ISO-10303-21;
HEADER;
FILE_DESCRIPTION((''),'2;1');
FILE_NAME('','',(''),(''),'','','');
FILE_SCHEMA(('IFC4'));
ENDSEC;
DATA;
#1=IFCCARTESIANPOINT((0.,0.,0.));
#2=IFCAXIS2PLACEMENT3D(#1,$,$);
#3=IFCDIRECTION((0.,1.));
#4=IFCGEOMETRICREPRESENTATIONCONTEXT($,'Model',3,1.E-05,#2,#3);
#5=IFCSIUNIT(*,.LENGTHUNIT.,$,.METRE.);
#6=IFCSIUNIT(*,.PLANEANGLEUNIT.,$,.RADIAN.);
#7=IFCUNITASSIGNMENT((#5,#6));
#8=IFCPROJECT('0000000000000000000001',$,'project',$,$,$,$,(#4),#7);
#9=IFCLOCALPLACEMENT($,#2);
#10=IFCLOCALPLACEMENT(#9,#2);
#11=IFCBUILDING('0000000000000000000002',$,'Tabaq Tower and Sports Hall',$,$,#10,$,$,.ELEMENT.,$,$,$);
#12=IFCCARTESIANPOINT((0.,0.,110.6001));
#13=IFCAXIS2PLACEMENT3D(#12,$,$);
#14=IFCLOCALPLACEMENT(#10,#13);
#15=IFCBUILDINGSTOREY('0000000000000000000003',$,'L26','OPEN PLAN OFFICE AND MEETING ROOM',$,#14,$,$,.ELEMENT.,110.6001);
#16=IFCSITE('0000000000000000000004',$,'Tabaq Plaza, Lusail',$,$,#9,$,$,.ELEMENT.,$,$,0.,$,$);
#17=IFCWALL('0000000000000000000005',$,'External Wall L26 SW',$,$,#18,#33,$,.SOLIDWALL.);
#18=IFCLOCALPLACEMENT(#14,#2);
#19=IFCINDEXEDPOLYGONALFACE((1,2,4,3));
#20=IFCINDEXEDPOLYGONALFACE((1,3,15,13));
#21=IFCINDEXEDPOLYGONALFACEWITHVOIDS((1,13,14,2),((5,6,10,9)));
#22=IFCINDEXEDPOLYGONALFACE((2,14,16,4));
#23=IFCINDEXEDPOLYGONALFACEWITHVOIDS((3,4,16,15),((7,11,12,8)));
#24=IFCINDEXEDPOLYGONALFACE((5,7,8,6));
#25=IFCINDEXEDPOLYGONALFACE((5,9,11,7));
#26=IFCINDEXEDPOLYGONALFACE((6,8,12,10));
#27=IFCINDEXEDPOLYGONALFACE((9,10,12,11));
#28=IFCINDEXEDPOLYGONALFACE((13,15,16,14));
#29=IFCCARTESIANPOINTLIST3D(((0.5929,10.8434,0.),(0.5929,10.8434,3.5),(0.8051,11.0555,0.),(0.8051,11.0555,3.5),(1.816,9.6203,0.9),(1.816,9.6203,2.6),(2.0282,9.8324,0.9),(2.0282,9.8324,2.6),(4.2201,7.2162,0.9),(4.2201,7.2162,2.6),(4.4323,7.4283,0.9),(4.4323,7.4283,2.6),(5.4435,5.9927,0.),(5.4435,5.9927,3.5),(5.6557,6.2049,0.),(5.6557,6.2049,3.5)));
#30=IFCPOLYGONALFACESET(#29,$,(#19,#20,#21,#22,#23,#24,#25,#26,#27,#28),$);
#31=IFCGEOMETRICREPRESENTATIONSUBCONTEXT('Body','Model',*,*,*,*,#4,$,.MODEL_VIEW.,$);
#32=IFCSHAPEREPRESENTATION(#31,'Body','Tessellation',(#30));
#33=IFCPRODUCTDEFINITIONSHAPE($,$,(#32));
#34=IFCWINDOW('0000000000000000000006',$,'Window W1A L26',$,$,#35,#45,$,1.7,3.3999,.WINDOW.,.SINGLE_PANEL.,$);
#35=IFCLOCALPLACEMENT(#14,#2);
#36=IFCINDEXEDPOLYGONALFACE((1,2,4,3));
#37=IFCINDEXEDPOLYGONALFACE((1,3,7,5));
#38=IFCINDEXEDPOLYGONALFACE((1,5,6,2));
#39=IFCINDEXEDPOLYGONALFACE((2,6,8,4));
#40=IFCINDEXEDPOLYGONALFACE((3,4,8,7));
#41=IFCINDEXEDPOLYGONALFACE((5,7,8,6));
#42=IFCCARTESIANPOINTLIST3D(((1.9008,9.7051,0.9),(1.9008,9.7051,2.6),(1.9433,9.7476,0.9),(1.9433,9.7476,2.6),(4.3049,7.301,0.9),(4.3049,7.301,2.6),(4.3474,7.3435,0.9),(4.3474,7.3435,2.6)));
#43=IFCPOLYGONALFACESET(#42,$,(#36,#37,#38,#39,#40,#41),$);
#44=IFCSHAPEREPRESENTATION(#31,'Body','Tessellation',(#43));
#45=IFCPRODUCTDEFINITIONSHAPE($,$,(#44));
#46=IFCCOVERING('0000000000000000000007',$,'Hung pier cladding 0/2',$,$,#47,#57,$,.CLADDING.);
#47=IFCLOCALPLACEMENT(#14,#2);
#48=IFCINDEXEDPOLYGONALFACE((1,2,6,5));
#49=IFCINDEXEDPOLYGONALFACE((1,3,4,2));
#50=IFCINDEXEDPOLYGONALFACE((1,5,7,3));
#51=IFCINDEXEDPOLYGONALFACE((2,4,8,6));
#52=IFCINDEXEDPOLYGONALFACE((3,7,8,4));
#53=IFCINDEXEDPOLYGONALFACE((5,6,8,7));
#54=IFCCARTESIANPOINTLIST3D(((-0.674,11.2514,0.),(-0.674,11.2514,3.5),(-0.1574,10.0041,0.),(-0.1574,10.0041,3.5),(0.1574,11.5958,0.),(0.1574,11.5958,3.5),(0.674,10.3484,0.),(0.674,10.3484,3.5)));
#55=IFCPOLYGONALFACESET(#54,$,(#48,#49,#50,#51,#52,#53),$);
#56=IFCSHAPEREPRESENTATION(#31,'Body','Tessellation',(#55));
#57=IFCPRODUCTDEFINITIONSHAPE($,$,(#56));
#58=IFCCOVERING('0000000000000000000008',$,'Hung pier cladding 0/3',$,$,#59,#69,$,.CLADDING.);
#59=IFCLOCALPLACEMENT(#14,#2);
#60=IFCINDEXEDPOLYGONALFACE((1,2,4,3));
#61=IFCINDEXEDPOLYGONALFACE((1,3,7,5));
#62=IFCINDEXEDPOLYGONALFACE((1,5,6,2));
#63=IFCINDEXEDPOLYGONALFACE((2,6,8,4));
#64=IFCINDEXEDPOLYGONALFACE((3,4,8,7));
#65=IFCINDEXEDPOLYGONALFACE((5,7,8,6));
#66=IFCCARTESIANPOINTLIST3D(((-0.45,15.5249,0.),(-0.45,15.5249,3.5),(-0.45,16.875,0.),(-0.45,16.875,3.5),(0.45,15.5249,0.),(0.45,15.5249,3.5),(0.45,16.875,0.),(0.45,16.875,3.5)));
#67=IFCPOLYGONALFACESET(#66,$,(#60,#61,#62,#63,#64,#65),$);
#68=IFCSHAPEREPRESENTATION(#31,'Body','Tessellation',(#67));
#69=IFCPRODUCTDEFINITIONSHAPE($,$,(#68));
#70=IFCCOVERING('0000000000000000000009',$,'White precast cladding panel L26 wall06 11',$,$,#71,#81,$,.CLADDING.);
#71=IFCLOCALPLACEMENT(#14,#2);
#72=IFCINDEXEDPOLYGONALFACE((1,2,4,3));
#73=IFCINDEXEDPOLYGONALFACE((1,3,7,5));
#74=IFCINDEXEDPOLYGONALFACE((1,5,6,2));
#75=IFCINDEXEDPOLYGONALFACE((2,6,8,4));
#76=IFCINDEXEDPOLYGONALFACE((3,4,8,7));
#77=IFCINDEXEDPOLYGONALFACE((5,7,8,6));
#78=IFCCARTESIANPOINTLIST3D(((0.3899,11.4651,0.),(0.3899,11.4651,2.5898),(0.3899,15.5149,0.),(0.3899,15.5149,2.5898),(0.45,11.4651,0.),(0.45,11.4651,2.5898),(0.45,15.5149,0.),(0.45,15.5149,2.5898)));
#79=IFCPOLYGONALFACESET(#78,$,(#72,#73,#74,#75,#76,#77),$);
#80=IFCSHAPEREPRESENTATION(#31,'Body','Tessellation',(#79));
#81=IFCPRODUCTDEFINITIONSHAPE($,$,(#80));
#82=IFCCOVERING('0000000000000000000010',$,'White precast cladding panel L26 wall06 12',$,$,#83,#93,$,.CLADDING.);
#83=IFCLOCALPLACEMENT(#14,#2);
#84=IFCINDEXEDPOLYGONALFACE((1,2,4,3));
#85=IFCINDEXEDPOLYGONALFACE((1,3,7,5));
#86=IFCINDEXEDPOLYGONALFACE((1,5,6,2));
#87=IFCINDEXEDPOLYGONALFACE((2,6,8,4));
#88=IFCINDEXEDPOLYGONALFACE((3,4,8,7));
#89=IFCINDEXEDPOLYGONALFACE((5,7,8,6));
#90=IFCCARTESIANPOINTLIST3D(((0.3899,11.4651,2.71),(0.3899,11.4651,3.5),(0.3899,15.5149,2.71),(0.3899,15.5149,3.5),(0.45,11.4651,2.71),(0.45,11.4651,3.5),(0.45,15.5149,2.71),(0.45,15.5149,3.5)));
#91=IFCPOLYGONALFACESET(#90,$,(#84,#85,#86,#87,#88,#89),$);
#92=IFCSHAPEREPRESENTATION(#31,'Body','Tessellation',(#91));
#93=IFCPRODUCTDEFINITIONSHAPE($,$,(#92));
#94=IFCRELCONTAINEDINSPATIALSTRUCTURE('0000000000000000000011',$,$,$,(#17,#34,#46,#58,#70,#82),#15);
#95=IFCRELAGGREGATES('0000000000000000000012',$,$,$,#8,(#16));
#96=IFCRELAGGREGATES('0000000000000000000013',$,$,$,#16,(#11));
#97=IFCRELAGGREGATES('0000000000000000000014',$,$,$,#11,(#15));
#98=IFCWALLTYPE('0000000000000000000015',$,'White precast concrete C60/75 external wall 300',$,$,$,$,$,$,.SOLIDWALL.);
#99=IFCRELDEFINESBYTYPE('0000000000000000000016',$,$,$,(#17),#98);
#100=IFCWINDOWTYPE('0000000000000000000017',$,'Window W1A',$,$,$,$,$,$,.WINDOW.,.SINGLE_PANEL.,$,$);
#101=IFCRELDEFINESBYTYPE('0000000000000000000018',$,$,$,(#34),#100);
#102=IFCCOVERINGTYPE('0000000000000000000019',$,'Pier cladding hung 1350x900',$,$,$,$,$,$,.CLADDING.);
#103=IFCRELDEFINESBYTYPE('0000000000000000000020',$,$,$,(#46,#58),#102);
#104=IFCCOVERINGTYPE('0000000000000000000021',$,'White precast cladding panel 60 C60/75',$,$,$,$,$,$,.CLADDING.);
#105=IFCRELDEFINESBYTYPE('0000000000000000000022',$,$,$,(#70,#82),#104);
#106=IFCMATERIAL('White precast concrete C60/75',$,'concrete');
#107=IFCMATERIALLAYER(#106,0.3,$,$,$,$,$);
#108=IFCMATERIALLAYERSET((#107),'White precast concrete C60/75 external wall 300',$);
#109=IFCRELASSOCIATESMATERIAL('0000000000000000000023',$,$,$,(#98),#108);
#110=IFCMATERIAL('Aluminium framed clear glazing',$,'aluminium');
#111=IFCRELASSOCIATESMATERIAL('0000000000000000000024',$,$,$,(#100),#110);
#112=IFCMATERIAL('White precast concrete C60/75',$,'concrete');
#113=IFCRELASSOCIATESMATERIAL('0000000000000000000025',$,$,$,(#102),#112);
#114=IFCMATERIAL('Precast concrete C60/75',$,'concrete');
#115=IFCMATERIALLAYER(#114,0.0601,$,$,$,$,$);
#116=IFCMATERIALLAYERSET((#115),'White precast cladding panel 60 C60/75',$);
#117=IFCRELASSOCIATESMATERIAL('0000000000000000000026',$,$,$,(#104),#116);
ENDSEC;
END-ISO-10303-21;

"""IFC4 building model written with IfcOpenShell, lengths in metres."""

from ifc_helpers import new_model, si_unit, direction, frame, frame_2d, origin, place, context, subcontext, project, spatial, rectangle, extrude, material, layer, layer_set, type_object, element, fill, save


model = new_model("IFC4")

# Units and contexts
model_context = context("Model", 3, precision=1e-05, world=origin(), true_north=direction((0.0, 1.0)))
body_context = subcontext(model_context, "Body", "Model", "MODEL_VIEW")
ifc_project = project(units=[si_unit("LENGTHUNIT", "METRE"), si_unit("PLANEANGLEUNIT", "RADIAN")], contexts=[model_context])

# Site, building, storey
site_placement = place(None, origin())
site = spatial("IfcSite", under=ifc_project, at=site_placement, Name="Tabaq Plaza, Lusail", CompositionType="ELEMENT", RefElevation=0.0)
building_placement = place(site_placement, origin())
building = spatial("IfcBuilding", under=site, at=building_placement, Name="Tabaq Tower and Sports Hall", CompositionType="ELEMENT")
storey_placement = place(building_placement, frame((0.0, 0.0, 110.6001)))
storey = spatial("IfcBuildingStorey", under=building, at=storey_placement, Name="L26", Description="OPEN PLAN OFFICE AND MEETING ROOM", CompositionType="ELEMENT", Elevation=110.6001)

# Wall, opening, window
ifc_material_1 = material(Name="White precast concrete C60/75", Category="concrete")
ifc_layer_1 = layer(ifc_material_1, 0.3)
ifc_layer_set_1 = layer_set([ifc_layer_1], Name="White precast concrete C60/75 external wall 300")
wall_type_1 = type_object("IfcWallType", Name="White precast concrete C60/75 external wall 300", PredefinedType="SOLIDWALL", material=ifc_layer_set_1)
wall_1_placement = place(storey_placement, frame((0.699, 10.9495, 0.0), z_axis=(0.0, 0.0, 1.0), x_axis=(0.707107, -0.707107, 0.0)))
wall_1 = element("IfcWall", 1, at=wall_1_placement, inside=storey, type_object=wall_type_1, Name="External Wall L26 SW", PredefinedType="SOLIDWALL", context=body_context, shape_type="SweptSolid", body=[
    extrude(rectangle(XDim=6.8599, YDim=0.3, at=frame_2d((3.4299, 0.0))), origin(), (0.0, 0.0, 1.0), 3.5),
])
opening_1_placement = place(wall_1_placement, frame((1.7297, 0.0, 0.8999)))
opening_1 = element("IfcOpeningElement", 2, at=opening_1_placement, cuts=wall_1, PredefinedType="OPENING", context=body_context, shape_type="SweptSolid", body=[
    extrude(rectangle(XDim=3.3999, YDim=1.7, at=frame_2d((1.7, 0.8501))), frame((0.0, 0.1602, 0.0), z_axis=(0.0, -1.0, 0.0), x_axis=(1.0, 0.0, 0.0)), (0.0, 0.0, 1.0), 0.3201),
])
ifc_material_2 = material(Name="Aluminium framed clear glazing", Category="aluminium")
window_type = type_object("IfcWindowType", Name="Window W1A", PartitioningType="SINGLE_PANEL", PredefinedType="WINDOW", material=ifc_material_2)
window_placement = place(opening_1_placement, origin())
window = element("IfcWindow", 3, at=window_placement, inside=storey, type_object=window_type, Name="Window W1A L26", OverallHeight=1.7, OverallWidth=3.3999, PartitioningType="SINGLE_PANEL", PredefinedType="WINDOW", context=body_context, shape_type="SweptSolid", body=[
    extrude(rectangle(XDim=3.3999, YDim=1.7, at=frame_2d((1.7, 0.8501))), frame((0.0, 0.03, 0.0), z_axis=(0.0, -1.0, 0.0), x_axis=(1.0, 0.0, 0.0)), (0.0, 0.0, 1.0), 0.0601),
])
fill(opening_1, window)

# Coverings
ifc_material_3 = material(Name="White precast concrete C60/75", Category="concrete")
covering_type_1 = type_object("IfcCoveringType", Name="Pier cladding hung 1350x900", PredefinedType="CLADDING", material=ifc_material_3)
for number, where, z_axis, x_axis, name in (
    (4, (-0.2583, 11.4236, 0.0), (0.0, 0.0, 1.0), (0.38265, -0.923893, 0.0), "Hung pier cladding 0/2"),
    (5, (0.0, 16.875, 0.0), (0.0, 0.0, 1.0), (0.0, -1.0, 0.0), "Hung pier cladding 0/3"),
):
    element("IfcCovering", number, at=place(storey_placement, frame(where, z_axis=z_axis, x_axis=x_axis)), inside=storey, type_object=covering_type_1, Name=name, PredefinedType="CLADDING", context=body_context, shape_type="SweptSolid", body=[
        extrude(rectangle(XDim=1.3501, YDim=0.8999, at=frame_2d((0.675, 0.0))), origin(), (0.0, 0.0, 1.0), 3.5),
    ])
ifc_material_4 = material(Name="Precast concrete C60/75", Category="concrete")
ifc_layer_2 = layer(ifc_material_4, 0.0601)
ifc_layer_set_2 = layer_set([ifc_layer_2], Name="White precast cladding panel 60 C60/75")
covering_type_2 = type_object("IfcCoveringType", Name="White precast cladding panel 60 C60/75", PredefinedType="CLADDING", material=ifc_layer_set_2)
covering_1_placement = place(storey_placement, frame((0.4199, 15.5149, 0.0), z_axis=(0.0, 0.0, 1.0), x_axis=(0.0, -1.0, 0.0)))
element("IfcCovering", 6, at=covering_1_placement, inside=storey, type_object=covering_type_2, Name="White precast cladding panel L26 wall06 11", PredefinedType="CLADDING", context=body_context, shape_type="SweptSolid", body=[
    extrude(rectangle(XDim=4.0498, YDim=0.0601, at=frame_2d((2.0249, 0.0))), origin(), (0.0, 0.0, 1.0), 2.5898),
])
covering_2_placement = place(storey_placement, frame((0.4199, 15.5149, 2.71), z_axis=(0.0, 0.0, 1.0), x_axis=(0.0, -1.0, 0.0)))
element("IfcCovering", 7, at=covering_2_placement, inside=storey, type_object=covering_type_2, Name="White precast cladding panel L26 wall06 12", PredefinedType="CLADDING", context=body_context, shape_type="SweptSolid", body=[
    extrude(rectangle(XDim=4.0498, YDim=0.0601, at=frame_2d((2.0249, 0.0))), origin(), (0.0, 0.0, 1.0), 0.79),
])

save(model, "model.ifc")
